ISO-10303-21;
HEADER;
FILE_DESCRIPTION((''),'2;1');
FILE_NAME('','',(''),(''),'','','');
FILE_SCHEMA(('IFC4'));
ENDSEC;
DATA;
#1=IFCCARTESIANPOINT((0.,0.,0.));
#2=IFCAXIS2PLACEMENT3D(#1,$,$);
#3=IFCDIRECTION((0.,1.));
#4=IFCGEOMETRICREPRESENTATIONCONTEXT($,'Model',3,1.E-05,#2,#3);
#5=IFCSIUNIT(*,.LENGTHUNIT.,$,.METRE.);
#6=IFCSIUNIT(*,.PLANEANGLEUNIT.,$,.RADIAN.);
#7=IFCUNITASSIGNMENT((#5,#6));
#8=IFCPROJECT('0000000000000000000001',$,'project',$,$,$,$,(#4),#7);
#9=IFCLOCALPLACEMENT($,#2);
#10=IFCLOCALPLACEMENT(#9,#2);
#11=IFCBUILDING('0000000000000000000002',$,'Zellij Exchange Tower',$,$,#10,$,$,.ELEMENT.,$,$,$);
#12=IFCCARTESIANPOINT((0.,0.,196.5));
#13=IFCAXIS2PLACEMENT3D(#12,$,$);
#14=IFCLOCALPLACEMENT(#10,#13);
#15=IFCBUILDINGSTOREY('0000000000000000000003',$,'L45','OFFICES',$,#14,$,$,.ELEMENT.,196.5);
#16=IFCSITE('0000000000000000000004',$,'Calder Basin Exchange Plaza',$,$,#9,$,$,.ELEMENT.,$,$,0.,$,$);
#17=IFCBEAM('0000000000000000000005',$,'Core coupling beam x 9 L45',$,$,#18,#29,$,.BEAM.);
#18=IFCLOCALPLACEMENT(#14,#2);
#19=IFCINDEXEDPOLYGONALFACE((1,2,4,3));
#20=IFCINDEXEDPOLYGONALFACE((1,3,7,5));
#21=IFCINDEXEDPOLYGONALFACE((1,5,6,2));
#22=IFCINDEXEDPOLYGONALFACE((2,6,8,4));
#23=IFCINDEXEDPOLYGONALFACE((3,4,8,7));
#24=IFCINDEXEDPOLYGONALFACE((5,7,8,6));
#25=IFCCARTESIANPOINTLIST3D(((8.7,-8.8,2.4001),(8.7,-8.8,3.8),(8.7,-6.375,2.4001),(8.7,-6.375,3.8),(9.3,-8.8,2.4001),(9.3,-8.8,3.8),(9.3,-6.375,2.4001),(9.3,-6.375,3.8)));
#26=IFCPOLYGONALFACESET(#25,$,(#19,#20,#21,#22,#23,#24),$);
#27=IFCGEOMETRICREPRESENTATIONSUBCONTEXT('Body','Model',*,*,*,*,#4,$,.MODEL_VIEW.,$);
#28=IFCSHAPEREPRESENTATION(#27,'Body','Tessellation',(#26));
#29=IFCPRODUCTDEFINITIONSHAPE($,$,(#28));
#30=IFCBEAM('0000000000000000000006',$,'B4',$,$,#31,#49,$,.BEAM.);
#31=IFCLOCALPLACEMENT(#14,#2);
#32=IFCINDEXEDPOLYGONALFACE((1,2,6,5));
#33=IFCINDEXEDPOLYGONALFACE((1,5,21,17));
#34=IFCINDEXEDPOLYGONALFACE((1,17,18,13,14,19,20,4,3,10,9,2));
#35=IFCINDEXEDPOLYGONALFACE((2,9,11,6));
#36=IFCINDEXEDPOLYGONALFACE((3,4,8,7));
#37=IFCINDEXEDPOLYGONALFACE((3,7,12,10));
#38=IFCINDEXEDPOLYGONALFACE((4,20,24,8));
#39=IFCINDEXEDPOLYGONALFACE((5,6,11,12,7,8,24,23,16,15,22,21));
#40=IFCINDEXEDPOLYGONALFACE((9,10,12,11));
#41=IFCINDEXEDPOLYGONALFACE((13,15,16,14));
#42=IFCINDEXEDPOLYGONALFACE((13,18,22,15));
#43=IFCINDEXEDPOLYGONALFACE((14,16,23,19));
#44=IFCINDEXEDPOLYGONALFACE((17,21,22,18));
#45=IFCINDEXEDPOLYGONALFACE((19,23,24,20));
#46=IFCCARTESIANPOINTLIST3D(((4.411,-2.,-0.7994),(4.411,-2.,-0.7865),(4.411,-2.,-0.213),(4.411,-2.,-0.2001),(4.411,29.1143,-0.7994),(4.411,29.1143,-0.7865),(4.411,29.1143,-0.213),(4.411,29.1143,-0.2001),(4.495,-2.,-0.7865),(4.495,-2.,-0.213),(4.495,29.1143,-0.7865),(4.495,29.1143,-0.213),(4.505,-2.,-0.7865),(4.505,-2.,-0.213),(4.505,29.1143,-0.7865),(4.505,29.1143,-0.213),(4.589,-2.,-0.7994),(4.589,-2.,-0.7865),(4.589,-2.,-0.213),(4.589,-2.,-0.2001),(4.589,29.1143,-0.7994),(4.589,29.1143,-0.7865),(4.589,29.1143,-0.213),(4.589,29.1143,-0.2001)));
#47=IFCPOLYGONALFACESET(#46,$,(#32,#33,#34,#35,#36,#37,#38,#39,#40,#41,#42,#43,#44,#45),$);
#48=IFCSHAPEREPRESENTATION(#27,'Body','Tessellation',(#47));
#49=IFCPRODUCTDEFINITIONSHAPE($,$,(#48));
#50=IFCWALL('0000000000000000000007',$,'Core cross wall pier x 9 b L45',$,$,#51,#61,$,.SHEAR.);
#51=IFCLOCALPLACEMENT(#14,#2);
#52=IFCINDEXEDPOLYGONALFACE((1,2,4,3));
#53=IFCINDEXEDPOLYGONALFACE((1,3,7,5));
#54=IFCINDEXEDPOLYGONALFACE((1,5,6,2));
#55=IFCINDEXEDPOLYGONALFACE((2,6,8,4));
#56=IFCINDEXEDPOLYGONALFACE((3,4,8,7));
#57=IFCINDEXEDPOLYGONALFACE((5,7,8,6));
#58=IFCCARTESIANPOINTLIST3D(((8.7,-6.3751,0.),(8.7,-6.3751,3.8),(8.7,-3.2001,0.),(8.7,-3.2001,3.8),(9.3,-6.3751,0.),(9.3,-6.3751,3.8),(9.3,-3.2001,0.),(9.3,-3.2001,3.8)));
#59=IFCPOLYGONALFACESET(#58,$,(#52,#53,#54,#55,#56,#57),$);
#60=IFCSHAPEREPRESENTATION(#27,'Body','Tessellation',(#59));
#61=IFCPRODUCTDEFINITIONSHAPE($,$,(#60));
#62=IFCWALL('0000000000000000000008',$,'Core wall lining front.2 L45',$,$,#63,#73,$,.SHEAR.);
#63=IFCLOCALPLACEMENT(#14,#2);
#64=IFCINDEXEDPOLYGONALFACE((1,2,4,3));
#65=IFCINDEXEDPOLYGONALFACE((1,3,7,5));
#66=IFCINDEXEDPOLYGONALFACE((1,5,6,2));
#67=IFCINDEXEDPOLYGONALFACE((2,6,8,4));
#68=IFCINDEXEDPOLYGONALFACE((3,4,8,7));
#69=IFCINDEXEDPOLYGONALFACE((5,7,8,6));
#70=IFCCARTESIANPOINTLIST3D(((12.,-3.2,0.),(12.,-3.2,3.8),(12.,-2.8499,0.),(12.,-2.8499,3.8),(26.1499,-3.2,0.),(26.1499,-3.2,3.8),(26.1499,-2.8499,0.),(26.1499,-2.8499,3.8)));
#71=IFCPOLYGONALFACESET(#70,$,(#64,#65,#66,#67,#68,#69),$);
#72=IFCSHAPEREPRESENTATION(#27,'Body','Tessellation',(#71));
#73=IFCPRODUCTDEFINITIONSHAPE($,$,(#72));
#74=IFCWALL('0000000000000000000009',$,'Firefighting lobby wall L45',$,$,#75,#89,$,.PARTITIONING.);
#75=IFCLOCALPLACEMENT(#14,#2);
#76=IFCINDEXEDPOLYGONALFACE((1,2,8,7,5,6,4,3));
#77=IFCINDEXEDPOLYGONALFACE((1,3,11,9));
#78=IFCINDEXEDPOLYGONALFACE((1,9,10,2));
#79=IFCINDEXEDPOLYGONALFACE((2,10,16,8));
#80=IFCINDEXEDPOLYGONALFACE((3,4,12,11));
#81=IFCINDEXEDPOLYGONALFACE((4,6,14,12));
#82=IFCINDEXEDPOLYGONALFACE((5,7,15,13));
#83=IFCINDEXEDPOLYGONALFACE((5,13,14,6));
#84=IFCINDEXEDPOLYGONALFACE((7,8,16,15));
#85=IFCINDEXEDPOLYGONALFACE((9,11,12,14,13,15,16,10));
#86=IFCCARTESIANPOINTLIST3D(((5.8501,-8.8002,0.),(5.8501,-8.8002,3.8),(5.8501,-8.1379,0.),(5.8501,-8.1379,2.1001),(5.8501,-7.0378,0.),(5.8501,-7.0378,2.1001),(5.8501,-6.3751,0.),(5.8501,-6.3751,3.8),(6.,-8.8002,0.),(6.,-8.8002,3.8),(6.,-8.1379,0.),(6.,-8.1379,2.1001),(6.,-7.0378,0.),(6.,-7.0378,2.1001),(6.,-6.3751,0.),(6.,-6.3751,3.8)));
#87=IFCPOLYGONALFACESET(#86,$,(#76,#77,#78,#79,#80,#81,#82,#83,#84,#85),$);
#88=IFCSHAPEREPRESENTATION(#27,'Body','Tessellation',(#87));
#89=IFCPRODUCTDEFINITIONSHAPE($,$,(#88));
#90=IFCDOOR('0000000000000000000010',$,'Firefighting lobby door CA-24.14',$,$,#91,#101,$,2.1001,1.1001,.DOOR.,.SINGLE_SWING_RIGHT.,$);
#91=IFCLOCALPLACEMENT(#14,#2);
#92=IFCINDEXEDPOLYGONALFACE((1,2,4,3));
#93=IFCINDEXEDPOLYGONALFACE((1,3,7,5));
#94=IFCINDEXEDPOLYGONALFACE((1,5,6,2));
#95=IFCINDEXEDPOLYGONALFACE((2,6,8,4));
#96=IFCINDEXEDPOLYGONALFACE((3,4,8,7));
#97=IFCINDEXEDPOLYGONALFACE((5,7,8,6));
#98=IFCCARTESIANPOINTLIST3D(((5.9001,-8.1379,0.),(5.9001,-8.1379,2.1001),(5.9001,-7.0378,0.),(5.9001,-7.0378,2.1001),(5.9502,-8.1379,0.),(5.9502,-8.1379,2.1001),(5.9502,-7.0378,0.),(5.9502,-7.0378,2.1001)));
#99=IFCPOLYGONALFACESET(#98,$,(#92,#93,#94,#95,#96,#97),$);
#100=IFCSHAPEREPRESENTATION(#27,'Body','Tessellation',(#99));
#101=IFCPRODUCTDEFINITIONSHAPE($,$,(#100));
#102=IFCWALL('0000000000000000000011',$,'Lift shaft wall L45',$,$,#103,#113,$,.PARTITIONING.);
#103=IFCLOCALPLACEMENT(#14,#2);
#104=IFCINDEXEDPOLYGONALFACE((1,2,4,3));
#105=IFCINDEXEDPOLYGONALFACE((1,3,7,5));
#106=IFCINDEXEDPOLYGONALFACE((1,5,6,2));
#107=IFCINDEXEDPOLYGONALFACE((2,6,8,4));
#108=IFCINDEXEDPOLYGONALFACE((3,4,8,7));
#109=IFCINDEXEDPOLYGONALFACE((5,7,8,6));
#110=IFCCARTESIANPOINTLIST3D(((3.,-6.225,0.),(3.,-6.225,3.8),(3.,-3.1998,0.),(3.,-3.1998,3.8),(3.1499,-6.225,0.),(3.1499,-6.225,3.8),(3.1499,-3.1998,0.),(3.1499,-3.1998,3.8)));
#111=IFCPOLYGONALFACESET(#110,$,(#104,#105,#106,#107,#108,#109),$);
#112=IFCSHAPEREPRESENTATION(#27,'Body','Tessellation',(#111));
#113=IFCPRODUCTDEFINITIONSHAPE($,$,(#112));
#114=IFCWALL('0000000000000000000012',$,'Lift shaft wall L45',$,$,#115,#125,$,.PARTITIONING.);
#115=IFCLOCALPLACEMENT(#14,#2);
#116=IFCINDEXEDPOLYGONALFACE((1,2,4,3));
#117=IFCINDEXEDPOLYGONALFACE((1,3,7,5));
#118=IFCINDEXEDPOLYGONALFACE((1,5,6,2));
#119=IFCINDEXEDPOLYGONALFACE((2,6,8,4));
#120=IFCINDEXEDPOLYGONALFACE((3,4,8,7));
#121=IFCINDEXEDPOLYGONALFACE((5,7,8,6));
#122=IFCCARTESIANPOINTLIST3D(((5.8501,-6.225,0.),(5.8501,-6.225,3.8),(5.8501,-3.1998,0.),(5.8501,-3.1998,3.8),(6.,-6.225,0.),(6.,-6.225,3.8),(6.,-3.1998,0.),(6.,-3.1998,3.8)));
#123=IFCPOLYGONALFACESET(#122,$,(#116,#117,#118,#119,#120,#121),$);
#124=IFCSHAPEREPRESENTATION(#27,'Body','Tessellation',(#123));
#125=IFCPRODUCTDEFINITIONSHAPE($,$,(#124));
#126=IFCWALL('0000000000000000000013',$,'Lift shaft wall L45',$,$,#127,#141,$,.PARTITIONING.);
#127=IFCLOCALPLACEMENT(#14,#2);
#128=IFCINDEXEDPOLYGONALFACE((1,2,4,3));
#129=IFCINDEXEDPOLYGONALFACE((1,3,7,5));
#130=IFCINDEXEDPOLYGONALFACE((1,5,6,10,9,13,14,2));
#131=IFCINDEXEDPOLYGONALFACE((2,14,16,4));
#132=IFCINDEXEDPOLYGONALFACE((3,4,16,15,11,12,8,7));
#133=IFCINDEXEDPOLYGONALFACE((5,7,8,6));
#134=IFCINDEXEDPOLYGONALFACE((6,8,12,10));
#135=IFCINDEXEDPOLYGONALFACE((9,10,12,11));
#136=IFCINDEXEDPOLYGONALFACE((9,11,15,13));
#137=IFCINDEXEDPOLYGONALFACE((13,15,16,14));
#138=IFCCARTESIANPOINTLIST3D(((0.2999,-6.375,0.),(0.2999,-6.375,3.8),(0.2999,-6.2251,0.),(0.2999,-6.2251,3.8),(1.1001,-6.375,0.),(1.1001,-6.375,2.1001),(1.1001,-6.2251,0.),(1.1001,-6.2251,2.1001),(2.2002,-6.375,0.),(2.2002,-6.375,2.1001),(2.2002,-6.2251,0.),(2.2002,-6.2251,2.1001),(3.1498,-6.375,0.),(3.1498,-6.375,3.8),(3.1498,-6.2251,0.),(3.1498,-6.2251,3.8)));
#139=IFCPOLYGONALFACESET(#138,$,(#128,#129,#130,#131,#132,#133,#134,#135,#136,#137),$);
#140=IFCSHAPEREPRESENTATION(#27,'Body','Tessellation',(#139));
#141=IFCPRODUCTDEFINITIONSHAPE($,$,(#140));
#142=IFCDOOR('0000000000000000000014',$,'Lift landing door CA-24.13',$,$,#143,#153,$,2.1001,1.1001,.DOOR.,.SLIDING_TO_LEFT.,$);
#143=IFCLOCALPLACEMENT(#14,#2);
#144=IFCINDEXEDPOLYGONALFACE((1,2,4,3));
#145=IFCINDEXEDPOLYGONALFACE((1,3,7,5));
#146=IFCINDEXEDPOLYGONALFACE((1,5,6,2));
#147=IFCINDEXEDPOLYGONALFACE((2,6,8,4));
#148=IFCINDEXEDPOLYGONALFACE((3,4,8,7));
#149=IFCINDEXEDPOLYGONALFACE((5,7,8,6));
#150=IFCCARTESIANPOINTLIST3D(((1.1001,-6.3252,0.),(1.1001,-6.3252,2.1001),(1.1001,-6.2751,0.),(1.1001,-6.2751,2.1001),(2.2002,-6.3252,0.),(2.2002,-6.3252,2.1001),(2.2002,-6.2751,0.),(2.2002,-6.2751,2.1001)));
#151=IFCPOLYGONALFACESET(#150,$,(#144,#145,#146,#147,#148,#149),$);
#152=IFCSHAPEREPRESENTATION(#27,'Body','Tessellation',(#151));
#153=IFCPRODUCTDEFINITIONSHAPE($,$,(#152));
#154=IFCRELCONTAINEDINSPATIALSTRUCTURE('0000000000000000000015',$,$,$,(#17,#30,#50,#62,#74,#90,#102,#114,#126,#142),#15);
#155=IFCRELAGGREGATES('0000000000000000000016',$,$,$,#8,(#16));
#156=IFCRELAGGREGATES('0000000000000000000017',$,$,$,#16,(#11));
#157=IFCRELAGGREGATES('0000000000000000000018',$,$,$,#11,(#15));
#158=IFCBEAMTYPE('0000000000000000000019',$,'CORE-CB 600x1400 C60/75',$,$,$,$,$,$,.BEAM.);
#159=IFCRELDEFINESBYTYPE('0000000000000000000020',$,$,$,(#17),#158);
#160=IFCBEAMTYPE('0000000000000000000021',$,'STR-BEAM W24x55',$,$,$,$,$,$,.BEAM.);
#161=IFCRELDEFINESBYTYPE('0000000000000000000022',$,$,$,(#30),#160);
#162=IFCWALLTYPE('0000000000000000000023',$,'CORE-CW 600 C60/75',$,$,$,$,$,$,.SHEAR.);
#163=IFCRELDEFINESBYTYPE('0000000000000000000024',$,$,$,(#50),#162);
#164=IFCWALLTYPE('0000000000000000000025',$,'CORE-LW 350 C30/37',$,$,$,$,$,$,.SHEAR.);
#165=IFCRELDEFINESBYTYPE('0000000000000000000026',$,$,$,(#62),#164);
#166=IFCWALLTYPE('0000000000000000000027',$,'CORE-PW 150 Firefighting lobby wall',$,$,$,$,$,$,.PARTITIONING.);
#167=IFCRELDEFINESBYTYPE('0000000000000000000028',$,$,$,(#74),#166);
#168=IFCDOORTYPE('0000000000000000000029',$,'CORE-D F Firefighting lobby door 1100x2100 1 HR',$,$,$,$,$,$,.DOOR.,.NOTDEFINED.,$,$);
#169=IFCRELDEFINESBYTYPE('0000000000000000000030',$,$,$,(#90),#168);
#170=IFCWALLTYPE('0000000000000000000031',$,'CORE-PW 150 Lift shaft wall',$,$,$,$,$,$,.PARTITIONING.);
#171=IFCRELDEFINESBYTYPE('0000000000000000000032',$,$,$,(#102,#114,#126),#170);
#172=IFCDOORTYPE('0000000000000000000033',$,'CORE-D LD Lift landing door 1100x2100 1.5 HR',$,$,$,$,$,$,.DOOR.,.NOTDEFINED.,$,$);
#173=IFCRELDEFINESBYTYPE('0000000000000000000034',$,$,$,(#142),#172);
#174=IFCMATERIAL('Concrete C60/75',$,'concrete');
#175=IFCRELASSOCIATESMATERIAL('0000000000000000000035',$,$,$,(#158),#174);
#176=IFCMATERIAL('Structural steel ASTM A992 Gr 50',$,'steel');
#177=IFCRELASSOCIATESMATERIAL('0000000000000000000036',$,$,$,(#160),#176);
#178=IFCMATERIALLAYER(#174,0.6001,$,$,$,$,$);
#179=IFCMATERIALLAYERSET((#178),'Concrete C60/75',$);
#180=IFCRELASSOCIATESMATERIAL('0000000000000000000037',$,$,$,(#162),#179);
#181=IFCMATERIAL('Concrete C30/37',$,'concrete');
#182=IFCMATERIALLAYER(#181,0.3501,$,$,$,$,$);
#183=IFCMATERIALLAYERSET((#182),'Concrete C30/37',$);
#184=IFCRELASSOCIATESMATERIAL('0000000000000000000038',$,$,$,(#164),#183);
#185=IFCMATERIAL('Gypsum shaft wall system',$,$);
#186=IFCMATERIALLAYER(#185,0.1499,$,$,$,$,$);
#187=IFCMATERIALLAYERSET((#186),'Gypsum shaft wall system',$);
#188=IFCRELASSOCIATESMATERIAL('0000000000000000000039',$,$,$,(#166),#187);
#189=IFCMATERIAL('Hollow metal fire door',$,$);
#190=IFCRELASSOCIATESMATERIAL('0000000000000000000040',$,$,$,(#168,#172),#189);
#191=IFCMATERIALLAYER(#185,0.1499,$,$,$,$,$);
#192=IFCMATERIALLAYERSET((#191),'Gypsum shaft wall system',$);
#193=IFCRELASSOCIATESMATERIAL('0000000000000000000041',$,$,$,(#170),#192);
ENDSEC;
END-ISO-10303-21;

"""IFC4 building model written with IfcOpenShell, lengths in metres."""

from ifc_helpers import new_model, si_unit, direction, frame, frame_2d, origin, origin_2d, place, context, subcontext, project, spatial, rectangle, i_section, extrude, material, layer, layer_set, material_profile, profile_set, type_object, element, fill, save


model = new_model("IFC4")

# Units and contexts
model_context = context("Model", 3, precision=1e-05, world=origin(), true_north=direction((0.0, 1.0)))
body_context = subcontext(model_context, "Body", "Model", "MODEL_VIEW")
ifc_project = project(units=[si_unit("LENGTHUNIT", "METRE"), si_unit("PLANEANGLEUNIT", "RADIAN")], contexts=[model_context])

# Site, building, storey
site_placement = place(None, origin())
site = spatial("IfcSite", under=ifc_project, at=site_placement, Name="Calder Basin Exchange Plaza", CompositionType="ELEMENT", RefElevation=0.0)
building_placement = place(site_placement, origin())
building = spatial("IfcBuilding", under=site, at=building_placement, Name="Zellij Exchange Tower", CompositionType="ELEMENT")
storey_placement = place(building_placement, frame((0.0, 0.0, 196.5)))
storey = spatial("IfcBuildingStorey", under=building, at=storey_placement, Name="L45", Description="OFFICES", CompositionType="ELEMENT", Elevation=196.5)

# Beams
ifc_material_1 = material(Name="Concrete C60/75", Category="concrete")
ifc_material_profile_1 = material_profile(ifc_material_1, rectangle(XDim=0.6001, YDim=1.3999, at=origin_2d()), Name="CORE-CB 600x1400 C60/75")
ifc_profile_set_1 = profile_set([ifc_material_profile_1], Name="Concrete C60/75")
beam_type_1 = type_object("IfcBeamType", Name="CORE-CB 600x1400 C60/75", PredefinedType="BEAM", material=ifc_profile_set_1)
beam_1_placement = place(storey_placement, frame((9.0, -8.8, 3.1001), z_axis=(0.0, 1.0, 0.0), x_axis=(-1.0, 0.0, 0.0)))
element("IfcBeam", 1, at=beam_1_placement, inside=storey, type_object=beam_type_1, Name="Core coupling beam x 9 L45", PredefinedType="BEAM", context=body_context, shape_type="SweptSolid", body=[
    extrude(rectangle(XDim=0.6001, YDim=1.3999, at=origin_2d()), origin(), (0.0, 0.0, 1.0), 2.425),
])
ifc_material_2 = material(Name="Structural steel ASTM A992 Gr 50", Category="steel")
ifc_material_profile_2 = material_profile(ifc_material_2, i_section(OverallWidth=0.178, OverallDepth=0.5994, WebThickness=0.01, FlangeThickness=0.0129, at=origin_2d()), Name="W24x55")
ifc_profile_set_2 = profile_set([ifc_material_profile_2], Name="Structural steel ASTM A992 Gr 50")
beam_type_2 = type_object("IfcBeamType", Name="STR-BEAM W24x55", PredefinedType="BEAM", material=ifc_profile_set_2)
beam_2_placement = place(storey_placement, frame((4.5, -2.0, -0.4998), z_axis=(0.0, 1.0, 0.0), x_axis=(-1.0, 0.0, 0.0)))
element("IfcBeam", 2, at=beam_2_placement, inside=storey, type_object=beam_type_2, Name="B4", PredefinedType="BEAM", context=body_context, shape_type="SweptSolid", body=[
    extrude(i_section(OverallWidth=0.178, OverallDepth=0.5994, WebThickness=0.01, FlangeThickness=0.0129, at=origin_2d()), origin(), (0.0, 0.0, 1.0), 31.1143),
])

# Walls
ifc_layer_1 = layer(ifc_material_1, 0.6001)
ifc_layer_set_1 = layer_set([ifc_layer_1], Name="Concrete C60/75")
wall_type_1 = type_object("IfcWallType", Name="CORE-CW 600 C60/75", PredefinedType="SHEAR", material=ifc_layer_set_1)
wall_1_placement = place(storey_placement, frame((9.0, -6.375, 0.0), z_axis=(0.0, 0.0, 1.0), x_axis=(0.0, 1.0, 0.0)))
element("IfcWall", 3, at=wall_1_placement, inside=storey, type_object=wall_type_1, Name="Core cross wall pier x 9 b L45", PredefinedType="SHEAR", context=body_context, shape_type="SweptSolid", body=[
    extrude(rectangle(XDim=3.175, YDim=0.6001, at=frame_2d((1.5874, 0.0))), origin(), (0.0, 0.0, 1.0), 3.8),
])
ifc_material_3 = material(Name="Concrete C30/37", Category="concrete")
ifc_layer_2 = layer(ifc_material_3, 0.3501)
ifc_layer_set_2 = layer_set([ifc_layer_2], Name="Concrete C30/37")
wall_type_2 = type_object("IfcWallType", Name="CORE-LW 350 C30/37", PredefinedType="SHEAR", material=ifc_layer_set_2)
wall_2_placement = place(storey_placement, frame((12.0, -3.0249, 0.0), z_axis=(0.0, 0.0, 1.0), x_axis=(1.0, 0.0, 0.0)))
element("IfcWall", 4, at=wall_2_placement, inside=storey, type_object=wall_type_2, Name="Core wall lining front.2 L45", PredefinedType="SHEAR", context=body_context, shape_type="SweptSolid", body=[
    extrude(rectangle(XDim=14.1499, YDim=0.3501, at=frame_2d((7.075, 0.0))), origin(), (0.0, 0.0, 1.0), 3.8),
])

# Wall, opening, door
ifc_material_4 = material(Name="Gypsum shaft wall system")
ifc_layer_3 = layer(ifc_material_4, 0.1499)
ifc_layer_set_3 = layer_set([ifc_layer_3], Name="Gypsum shaft wall system")
wall_type_3 = type_object("IfcWallType", Name="CORE-PW 150 Firefighting lobby wall", PredefinedType="PARTITIONING", material=ifc_layer_set_3)
wall_3_placement = place(storey_placement, frame((5.925, -8.8, 0.0), z_axis=(0.0, 0.0, 1.0), x_axis=(0.0, 1.0, 0.0)))
wall_3 = element("IfcWall", 5, at=wall_3_placement, inside=storey, type_object=wall_type_3, Name="Firefighting lobby wall L45", PredefinedType="PARTITIONING", context=body_context, shape_type="SweptSolid", body=[
    extrude(rectangle(XDim=2.425, YDim=0.1499, at=frame_2d((1.2124, 0.0))), origin(), (0.0, 0.0, 1.0), 3.8),
])
opening_1_placement = place(wall_3_placement, frame((0.6621, 0.0, 0.0)))
opening_1 = element("IfcOpeningElement", 6, at=opening_1_placement, cuts=wall_3, PredefinedType="OPENING", context=body_context, shape_type="SweptSolid", body=[
    extrude(rectangle(XDim=1.1001, YDim=2.1001, at=frame_2d((0.55, 1.05))), frame((0.0, 0.0869, 0.0), z_axis=(0.0, -1.0, 0.0), x_axis=(1.0, 0.0, 0.0)), (0.0, 0.0, 1.0), 0.1738),
])
ifc_material_5 = material(Name="Hollow metal fire door")
door_type_1 = type_object("IfcDoorType", Name="CORE-D F Firefighting lobby door 1100x2100 1 HR", OperationType="NOTDEFINED", PredefinedType="DOOR", material=ifc_material_5)
door_1_placement = place(opening_1_placement, origin())
door_1 = element("IfcDoor", 7, at=door_1_placement, inside=storey, type_object=door_type_1, Name="Firefighting lobby door CA-24.14", OperationType="SINGLE_SWING_RIGHT", OverallHeight=2.1001, OverallWidth=1.1001, PredefinedType="DOOR", context=body_context, shape_type="SweptSolid", body=[
    extrude(rectangle(XDim=1.1001, YDim=2.1001, at=frame_2d((0.55, 1.05))), frame((0.0, 0.0249, 0.0), z_axis=(0.0, -1.0, 0.0), x_axis=(1.0, 0.0, 0.0)), (0.0, 0.0, 1.0), 0.05),
])
fill(opening_1, door_1)

# Walls
ifc_layer_4 = layer(ifc_material_4, 0.1499)
ifc_layer_set_4 = layer_set([ifc_layer_4], Name="Gypsum shaft wall system")
wall_type_4 = type_object("IfcWallType", Name="CORE-PW 150 Lift shaft wall", PredefinedType="PARTITIONING", material=ifc_layer_set_4)
for number, where, z_axis, x_axis, name in (
    (8, (3.075, -6.2251, 0.0), (0.0, 0.0, 1.0), (0.0, 1.0, 0.0), "Lift shaft wall L45"),
    (9, (5.925, -6.2251, 0.0), (0.0, 0.0, 1.0), (0.0, 1.0, 0.0), "Lift shaft wall L45"),
):
    element("IfcWall", number, at=place(storey_placement, frame(where, z_axis=z_axis, x_axis=x_axis)), inside=storey, type_object=wall_type_4, Name=name, PredefinedType="PARTITIONING", context=body_context, shape_type="SweptSolid", body=[
        extrude(rectangle(XDim=3.0251, YDim=0.1499, at=frame_2d((1.5127, 0.0))), origin(), (0.0, 0.0, 1.0), 3.8),
    ])

# Wall, opening, door
wall_4_placement = place(storey_placement, frame((0.3, -6.3, 0.0), z_axis=(0.0, 0.0, 1.0), x_axis=(1.0, 0.0, 0.0)))
wall_4 = element("IfcWall", 10, at=wall_4_placement, inside=storey, type_object=wall_type_4, Name="Lift shaft wall L45", PredefinedType="PARTITIONING", context=body_context, shape_type="SweptSolid", body=[
    extrude(rectangle(XDim=2.8499, YDim=0.1499, at=frame_2d((1.4248, 0.0))), origin(), (0.0, 0.0, 1.0), 3.8),
])
opening_2_placement = place(wall_4_placement, frame((0.8, 0.0, 0.0)))
opening_2 = element("IfcOpeningElement", 11, at=opening_2_placement, cuts=wall_4, PredefinedType="OPENING", context=body_context, shape_type="SweptSolid", body=[
    extrude(rectangle(XDim=1.1001, YDim=2.1001, at=frame_2d((0.55, 1.05))), frame((0.0, 0.0869, 0.0), z_axis=(0.0, -1.0, 0.0), x_axis=(1.0, 0.0, 0.0)), (0.0, 0.0, 1.0), 0.1738),
])
door_type_2 = type_object("IfcDoorType", Name="CORE-D LD Lift landing door 1100x2100 1.5 HR", OperationType="NOTDEFINED", PredefinedType="DOOR", material=ifc_material_5)
door_2_placement = place(opening_2_placement, origin())
door_2 = element("IfcDoor", 12, at=door_2_placement, inside=storey, type_object=door_type_2, Name="Lift landing door CA-24.13", OperationType="SLIDING_TO_LEFT", OverallHeight=2.1001, OverallWidth=1.1001, PredefinedType="DOOR", context=body_context, shape_type="SweptSolid", body=[
    extrude(rectangle(XDim=1.1001, YDim=2.1001, at=frame_2d((0.55, 1.05))), frame((0.0, 0.0249, 0.0), z_axis=(0.0, -1.0, 0.0), x_axis=(1.0, 0.0, 0.0)), (0.0, 0.0, 1.0), 0.05),
])
fill(opening_2, door_2)

save(model, "model.ifc")
